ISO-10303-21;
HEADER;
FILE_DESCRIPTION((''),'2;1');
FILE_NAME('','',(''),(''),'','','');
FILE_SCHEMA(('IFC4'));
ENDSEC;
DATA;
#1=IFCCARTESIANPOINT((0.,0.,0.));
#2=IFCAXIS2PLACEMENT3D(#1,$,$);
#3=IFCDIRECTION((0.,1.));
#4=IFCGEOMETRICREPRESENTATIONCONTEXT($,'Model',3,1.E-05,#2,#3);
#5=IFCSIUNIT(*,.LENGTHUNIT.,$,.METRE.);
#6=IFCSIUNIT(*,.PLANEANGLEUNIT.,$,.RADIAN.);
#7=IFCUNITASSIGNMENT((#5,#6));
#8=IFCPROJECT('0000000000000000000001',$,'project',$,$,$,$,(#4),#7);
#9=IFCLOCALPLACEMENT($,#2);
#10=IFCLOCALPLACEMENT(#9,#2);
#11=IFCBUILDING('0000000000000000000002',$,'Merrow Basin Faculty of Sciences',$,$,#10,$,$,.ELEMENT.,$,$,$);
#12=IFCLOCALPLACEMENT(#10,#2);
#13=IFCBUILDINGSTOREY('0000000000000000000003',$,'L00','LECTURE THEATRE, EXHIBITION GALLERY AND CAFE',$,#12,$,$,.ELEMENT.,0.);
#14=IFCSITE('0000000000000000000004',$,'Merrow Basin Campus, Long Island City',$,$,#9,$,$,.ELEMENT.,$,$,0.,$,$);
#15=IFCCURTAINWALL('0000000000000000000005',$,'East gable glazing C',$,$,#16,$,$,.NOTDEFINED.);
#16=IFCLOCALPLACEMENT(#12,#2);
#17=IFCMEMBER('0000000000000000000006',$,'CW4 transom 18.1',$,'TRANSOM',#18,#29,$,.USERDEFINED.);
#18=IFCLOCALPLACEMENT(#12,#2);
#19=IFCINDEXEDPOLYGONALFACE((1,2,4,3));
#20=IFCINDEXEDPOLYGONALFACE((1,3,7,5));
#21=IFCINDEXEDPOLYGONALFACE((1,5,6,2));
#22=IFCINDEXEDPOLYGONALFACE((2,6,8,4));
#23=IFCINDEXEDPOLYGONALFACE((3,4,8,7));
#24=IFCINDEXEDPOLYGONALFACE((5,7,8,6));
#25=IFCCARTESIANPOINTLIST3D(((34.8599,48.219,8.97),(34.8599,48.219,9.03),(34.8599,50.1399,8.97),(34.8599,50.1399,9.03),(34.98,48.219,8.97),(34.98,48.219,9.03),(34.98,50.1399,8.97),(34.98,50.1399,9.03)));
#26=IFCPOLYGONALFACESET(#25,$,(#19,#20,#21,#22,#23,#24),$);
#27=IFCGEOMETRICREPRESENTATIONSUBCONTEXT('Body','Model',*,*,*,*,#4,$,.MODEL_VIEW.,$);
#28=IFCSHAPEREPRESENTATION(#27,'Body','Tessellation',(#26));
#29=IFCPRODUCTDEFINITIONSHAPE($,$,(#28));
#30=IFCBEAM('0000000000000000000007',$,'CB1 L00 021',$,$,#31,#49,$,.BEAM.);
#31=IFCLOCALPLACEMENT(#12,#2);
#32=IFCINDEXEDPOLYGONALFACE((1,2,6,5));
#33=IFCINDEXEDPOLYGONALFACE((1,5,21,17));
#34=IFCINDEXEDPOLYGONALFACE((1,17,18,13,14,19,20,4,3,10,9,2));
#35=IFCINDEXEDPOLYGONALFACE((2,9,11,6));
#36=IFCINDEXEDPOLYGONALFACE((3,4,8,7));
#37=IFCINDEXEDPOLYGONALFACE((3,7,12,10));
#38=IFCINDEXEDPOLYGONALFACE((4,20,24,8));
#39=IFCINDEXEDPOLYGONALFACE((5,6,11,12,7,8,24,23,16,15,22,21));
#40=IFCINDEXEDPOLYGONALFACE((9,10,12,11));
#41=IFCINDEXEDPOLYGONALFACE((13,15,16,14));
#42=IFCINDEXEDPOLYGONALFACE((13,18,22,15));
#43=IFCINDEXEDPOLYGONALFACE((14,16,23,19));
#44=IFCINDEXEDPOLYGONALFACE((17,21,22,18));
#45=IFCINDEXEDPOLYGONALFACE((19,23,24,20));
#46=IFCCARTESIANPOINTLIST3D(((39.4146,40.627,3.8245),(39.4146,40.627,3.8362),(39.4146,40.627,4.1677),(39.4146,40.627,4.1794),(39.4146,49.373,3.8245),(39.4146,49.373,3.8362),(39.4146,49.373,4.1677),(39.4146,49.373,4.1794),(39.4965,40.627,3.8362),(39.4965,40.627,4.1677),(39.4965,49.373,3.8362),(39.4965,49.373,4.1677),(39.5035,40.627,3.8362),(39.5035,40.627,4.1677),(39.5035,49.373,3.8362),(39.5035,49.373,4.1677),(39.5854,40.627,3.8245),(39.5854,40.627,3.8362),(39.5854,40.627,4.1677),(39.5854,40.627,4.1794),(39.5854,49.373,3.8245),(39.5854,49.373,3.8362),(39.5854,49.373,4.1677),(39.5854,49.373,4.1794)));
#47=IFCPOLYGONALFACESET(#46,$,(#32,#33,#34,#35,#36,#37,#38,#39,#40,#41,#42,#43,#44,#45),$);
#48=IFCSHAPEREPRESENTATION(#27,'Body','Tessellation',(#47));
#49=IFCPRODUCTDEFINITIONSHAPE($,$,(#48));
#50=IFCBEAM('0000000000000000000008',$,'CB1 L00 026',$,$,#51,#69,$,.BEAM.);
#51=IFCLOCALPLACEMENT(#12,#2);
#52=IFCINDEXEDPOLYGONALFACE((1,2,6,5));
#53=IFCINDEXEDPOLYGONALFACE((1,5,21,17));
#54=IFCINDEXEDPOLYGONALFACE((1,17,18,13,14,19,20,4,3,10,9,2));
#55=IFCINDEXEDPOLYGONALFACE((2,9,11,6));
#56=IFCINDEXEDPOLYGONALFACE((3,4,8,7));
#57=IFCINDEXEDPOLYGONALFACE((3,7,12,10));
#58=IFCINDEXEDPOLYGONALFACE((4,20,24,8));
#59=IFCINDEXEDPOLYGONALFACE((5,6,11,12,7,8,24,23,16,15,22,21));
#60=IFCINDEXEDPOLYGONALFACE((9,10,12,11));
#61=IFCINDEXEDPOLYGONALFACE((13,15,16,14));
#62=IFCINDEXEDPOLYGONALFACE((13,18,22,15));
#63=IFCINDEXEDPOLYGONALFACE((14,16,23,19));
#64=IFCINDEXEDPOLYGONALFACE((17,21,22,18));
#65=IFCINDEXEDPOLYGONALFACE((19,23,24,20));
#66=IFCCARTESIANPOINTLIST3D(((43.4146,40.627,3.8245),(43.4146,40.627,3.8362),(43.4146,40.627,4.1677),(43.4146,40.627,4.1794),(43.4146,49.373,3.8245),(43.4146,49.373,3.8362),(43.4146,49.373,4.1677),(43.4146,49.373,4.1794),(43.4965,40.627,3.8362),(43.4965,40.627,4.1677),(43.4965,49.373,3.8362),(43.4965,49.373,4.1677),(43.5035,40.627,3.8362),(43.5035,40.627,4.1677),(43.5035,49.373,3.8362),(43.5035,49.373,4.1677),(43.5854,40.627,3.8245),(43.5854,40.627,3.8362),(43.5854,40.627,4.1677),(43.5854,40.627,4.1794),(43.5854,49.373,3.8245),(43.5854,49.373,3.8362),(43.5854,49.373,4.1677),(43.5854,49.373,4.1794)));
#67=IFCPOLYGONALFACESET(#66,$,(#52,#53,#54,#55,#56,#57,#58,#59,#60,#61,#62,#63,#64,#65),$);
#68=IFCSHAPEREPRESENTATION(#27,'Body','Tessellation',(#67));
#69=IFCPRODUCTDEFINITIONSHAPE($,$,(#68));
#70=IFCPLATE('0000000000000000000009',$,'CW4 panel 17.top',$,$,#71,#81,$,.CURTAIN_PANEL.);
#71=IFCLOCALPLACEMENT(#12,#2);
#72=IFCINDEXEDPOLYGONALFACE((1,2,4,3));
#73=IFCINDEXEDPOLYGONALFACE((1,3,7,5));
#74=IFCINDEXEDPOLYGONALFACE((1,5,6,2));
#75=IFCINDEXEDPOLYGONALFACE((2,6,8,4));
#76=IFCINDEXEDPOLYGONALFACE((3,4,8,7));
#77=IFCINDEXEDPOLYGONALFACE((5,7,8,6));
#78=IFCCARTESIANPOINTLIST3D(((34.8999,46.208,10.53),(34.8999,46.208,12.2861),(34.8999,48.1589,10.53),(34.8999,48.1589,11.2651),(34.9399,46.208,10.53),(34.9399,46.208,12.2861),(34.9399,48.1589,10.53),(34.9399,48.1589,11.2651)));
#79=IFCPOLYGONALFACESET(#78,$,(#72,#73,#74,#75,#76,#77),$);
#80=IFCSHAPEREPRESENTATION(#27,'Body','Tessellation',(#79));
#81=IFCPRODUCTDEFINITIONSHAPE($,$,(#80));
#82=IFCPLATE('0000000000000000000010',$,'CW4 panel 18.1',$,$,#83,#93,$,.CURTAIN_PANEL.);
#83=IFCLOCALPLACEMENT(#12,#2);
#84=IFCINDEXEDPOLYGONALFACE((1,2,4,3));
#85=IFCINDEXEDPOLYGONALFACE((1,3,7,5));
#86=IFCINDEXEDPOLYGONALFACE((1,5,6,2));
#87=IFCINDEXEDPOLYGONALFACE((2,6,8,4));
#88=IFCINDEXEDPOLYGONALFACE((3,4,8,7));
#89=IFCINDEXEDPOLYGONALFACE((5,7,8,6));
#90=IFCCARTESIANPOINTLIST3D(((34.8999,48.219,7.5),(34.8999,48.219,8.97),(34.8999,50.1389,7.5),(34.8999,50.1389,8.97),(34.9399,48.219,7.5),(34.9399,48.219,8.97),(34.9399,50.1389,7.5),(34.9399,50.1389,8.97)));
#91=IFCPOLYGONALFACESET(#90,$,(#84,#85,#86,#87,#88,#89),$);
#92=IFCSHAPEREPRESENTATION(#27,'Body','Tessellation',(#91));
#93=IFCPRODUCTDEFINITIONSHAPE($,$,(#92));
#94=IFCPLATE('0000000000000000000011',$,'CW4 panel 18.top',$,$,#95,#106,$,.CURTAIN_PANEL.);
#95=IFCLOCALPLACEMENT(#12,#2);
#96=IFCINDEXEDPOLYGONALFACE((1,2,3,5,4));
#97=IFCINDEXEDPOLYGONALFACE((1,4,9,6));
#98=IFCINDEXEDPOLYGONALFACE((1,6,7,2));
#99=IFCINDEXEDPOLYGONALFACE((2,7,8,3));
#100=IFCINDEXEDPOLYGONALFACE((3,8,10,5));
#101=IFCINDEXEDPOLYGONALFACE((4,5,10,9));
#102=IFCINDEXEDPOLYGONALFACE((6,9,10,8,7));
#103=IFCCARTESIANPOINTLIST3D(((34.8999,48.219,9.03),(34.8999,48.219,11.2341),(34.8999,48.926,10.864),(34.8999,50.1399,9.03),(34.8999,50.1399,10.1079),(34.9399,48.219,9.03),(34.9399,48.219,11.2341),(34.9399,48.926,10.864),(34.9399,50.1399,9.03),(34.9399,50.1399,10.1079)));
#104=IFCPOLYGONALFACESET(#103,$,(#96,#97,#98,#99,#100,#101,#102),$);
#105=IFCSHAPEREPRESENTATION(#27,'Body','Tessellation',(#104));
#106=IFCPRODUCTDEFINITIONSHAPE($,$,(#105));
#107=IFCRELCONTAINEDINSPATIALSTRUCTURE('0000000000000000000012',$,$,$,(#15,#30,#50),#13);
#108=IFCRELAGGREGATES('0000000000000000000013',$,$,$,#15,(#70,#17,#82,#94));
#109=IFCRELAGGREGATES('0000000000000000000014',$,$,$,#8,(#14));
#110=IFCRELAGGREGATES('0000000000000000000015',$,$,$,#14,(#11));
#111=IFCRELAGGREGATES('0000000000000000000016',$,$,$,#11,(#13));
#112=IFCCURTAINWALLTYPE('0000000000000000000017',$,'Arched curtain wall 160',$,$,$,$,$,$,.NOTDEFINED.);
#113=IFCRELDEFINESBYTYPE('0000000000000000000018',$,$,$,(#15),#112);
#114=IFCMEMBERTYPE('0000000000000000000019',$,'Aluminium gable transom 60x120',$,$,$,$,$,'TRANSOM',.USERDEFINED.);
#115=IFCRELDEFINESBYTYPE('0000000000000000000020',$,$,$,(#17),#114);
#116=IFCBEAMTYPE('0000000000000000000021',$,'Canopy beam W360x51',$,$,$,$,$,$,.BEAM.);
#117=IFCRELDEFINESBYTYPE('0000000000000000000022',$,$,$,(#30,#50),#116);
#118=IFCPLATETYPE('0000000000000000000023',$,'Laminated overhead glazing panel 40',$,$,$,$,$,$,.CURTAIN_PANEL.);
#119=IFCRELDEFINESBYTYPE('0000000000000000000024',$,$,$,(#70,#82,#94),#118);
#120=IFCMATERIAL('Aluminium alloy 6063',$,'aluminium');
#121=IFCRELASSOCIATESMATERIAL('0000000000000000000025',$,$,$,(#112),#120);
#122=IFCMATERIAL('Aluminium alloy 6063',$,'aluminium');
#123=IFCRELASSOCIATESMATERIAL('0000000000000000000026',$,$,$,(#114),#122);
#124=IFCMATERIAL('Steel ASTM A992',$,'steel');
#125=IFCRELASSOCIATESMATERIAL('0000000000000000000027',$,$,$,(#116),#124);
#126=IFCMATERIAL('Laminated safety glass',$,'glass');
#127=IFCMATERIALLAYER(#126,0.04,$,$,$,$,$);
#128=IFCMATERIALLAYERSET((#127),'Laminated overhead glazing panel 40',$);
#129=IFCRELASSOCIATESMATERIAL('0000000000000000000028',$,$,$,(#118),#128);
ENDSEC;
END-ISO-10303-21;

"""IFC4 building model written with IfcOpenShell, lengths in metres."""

from ifc_helpers import new_model, si_unit, direction, frame, origin, origin_2d, place, context, subcontext, project, spatial, polyline, rectangle, i_section, outline, extrude, material, layer, layer_set, material_profile, profile_set, type_object, element, aggregate, save


model = new_model("IFC4")

# Units and contexts
model_context = context("Model", 3, precision=1e-05, world=origin(), true_north=direction((0.0, 1.0)))
body_context = subcontext(model_context, "Body", "Model", "MODEL_VIEW")
ifc_project = project(units=[si_unit("LENGTHUNIT", "METRE"), si_unit("PLANEANGLEUNIT", "RADIAN")], contexts=[model_context])

# Site, building, storey
site_placement = place(None, origin())
site = spatial("IfcSite", under=ifc_project, at=site_placement, Name="Merrow Basin Campus, Long Island City", CompositionType="ELEMENT", RefElevation=0.0)
building_placement = place(site_placement, origin())
building = spatial("IfcBuilding", under=site, at=building_placement, Name="Merrow Basin Faculty of Sciences", CompositionType="ELEMENT")
storey_placement = place(building_placement, origin())
storey = spatial("IfcBuildingStorey", under=building, at=storey_placement, Name="L00", Description="LECTURE THEATRE, EXHIBITION GALLERY AND CAFE", CompositionType="ELEMENT", Elevation=0.0)

# Curtain wall, member
ifc_material_1 = material(Name="Aluminium alloy 6063", Category="aluminium")
curtain_wall_type = type_object("IfcCurtainWallType", Name="Arched curtain wall 160", PredefinedType="NOTDEFINED", material=ifc_material_1)
curtain_wall_placement = place(storey_placement, origin())
curtain_wall = element("IfcCurtainWall", 1, at=curtain_wall_placement, inside=storey, type_object=curtain_wall_type, Name="East gable glazing C", PredefinedType="NOTDEFINED")
ifc_material_2 = material(Name="Aluminium alloy 6063", Category="aluminium")
ifc_material_profile_1 = material_profile(ifc_material_2, rectangle(XDim=0.1201, YDim=0.0601, at=origin_2d()))
ifc_profile_set_1 = profile_set([ifc_material_profile_1], Name="Aluminium alloy 6063")
member_type_1 = type_object("IfcMemberType", Name="Aluminium gable transom 60x120", ElementType="TRANSOM", PredefinedType="USERDEFINED", material=ifc_profile_set_1)
member_1_placement = place(storey_placement, frame((34.9199, 48.219, 9.0), z_axis=(0.0, 1.0, 0.0), x_axis=(-1.0, 0.0, 0.0)))
member_1 = element("IfcMember", 2, at=member_1_placement, type_object=member_type_1, Name="CW4 transom 18.1", ObjectType="TRANSOM", PredefinedType="USERDEFINED", context=body_context, shape_type="SweptSolid", body=[
    extrude(rectangle(XDim=0.1201, YDim=0.0601, at=origin_2d()), origin(), (0.0, 0.0, 1.0), 1.9209),
])

# Beams
ifc_material_3 = material(Name="Steel ASTM A992", Category="steel")
ifc_material_profile_2 = material_profile(ifc_material_3, i_section(OverallWidth=0.1709, OverallDepth=0.355, WebThickness=0.0071, FlangeThickness=0.0117, at=origin_2d()))
ifc_profile_set_2 = profile_set([ifc_material_profile_2], Name="Steel ASTM A992")
beam_type = type_object("IfcBeamType", Name="Canopy beam W360x51", PredefinedType="BEAM", material=ifc_profile_set_2)
for number, where, z_axis, x_axis, name in (
    (3, (39.5, 40.627, 4.002), (0.0, 1.0, 0.0), (-1.0, 0.0, 0.0), "CB1 L00 021"),
    (4, (43.5, 40.627, 4.002), (0.0, 1.0, 0.0), (-1.0, 0.0, 0.0), "CB1 L00 026"),
):
    element("IfcBeam", number, at=place(storey_placement, frame(where, z_axis=z_axis, x_axis=x_axis)), inside=storey, type_object=beam_type, Name=name, PredefinedType="BEAM", context=body_context, shape_type="SweptSolid", body=[
        extrude(i_section(OverallWidth=0.1709, OverallDepth=0.355, WebThickness=0.0071, FlangeThickness=0.0117, at=origin_2d()), origin(), (0.0, 0.0, 1.0), 8.7461),
    ])

# Plates
ifc_material_4 = material(Name="Laminated safety glass", Category="glass")
ifc_layer = layer(ifc_material_4, 0.04)
ifc_layer_set = layer_set([ifc_layer], Name="Laminated overhead glazing panel 40")
plate_type = type_object("IfcPlateType", Name="Laminated overhead glazing panel 40", PredefinedType="CURTAIN_PANEL", material=ifc_layer_set)
plate_1_placement = place(storey_placement, frame((34.8999, 46.208, 10.53), z_axis=(1.0, 0.0, 0.0), x_axis=(0.0, 1.0, 0.0)))
plate_1 = element("IfcPlate", 5, at=plate_1_placement, type_object=plate_type, Name="CW4 panel 17.top", PredefinedType="CURTAIN_PANEL", context=body_context, shape_type="SweptSolid", body=[
    extrude(outline(polyline([(0.0, 0.0), (1.9509, 0.0), (1.9509, 0.7351), (0.0, 1.7561), (0.0, 0.0)])), origin(), (0.0, 0.0, 1.0), 0.04),
])
plate_2_placement = place(storey_placement, frame((34.8999, 48.219, 7.5), z_axis=(1.0, 0.0, 0.0), x_axis=(0.0, 1.0, 0.0)))
plate_2 = element("IfcPlate", 6, at=plate_2_placement, type_object=plate_type, Name="CW4 panel 18.1", PredefinedType="CURTAIN_PANEL", context=body_context, shape_type="SweptSolid", body=[
    extrude(outline(polyline([(0.0, 0.0), (1.9199, 0.0), (1.9199, 1.47), (0.0, 1.47), (0.0, 0.0)])), origin(), (0.0, 0.0, 1.0), 0.04),
])
plate_3_placement = place(storey_placement, frame((34.8999, 48.219, 9.03), z_axis=(1.0, 0.0, 0.0), x_axis=(0.0, 1.0, 0.0)))
plate_3 = element("IfcPlate", 7, at=plate_3_placement, type_object=plate_type, Name="CW4 panel 18.top", PredefinedType="CURTAIN_PANEL", context=body_context, shape_type="SweptSolid", body=[
    extrude(outline(polyline([(0.0, 0.0), (1.9209, 0.0), (1.9209, 1.0779), (0.707, 1.834), (0.0, 2.2041), (0.0, 0.0)])), origin(), (0.0, 0.0, 1.0), 0.04),
])
aggregate(curtain_wall, [plate_1, member_1, plate_2, plate_3])

save(model, "model.ifc")
